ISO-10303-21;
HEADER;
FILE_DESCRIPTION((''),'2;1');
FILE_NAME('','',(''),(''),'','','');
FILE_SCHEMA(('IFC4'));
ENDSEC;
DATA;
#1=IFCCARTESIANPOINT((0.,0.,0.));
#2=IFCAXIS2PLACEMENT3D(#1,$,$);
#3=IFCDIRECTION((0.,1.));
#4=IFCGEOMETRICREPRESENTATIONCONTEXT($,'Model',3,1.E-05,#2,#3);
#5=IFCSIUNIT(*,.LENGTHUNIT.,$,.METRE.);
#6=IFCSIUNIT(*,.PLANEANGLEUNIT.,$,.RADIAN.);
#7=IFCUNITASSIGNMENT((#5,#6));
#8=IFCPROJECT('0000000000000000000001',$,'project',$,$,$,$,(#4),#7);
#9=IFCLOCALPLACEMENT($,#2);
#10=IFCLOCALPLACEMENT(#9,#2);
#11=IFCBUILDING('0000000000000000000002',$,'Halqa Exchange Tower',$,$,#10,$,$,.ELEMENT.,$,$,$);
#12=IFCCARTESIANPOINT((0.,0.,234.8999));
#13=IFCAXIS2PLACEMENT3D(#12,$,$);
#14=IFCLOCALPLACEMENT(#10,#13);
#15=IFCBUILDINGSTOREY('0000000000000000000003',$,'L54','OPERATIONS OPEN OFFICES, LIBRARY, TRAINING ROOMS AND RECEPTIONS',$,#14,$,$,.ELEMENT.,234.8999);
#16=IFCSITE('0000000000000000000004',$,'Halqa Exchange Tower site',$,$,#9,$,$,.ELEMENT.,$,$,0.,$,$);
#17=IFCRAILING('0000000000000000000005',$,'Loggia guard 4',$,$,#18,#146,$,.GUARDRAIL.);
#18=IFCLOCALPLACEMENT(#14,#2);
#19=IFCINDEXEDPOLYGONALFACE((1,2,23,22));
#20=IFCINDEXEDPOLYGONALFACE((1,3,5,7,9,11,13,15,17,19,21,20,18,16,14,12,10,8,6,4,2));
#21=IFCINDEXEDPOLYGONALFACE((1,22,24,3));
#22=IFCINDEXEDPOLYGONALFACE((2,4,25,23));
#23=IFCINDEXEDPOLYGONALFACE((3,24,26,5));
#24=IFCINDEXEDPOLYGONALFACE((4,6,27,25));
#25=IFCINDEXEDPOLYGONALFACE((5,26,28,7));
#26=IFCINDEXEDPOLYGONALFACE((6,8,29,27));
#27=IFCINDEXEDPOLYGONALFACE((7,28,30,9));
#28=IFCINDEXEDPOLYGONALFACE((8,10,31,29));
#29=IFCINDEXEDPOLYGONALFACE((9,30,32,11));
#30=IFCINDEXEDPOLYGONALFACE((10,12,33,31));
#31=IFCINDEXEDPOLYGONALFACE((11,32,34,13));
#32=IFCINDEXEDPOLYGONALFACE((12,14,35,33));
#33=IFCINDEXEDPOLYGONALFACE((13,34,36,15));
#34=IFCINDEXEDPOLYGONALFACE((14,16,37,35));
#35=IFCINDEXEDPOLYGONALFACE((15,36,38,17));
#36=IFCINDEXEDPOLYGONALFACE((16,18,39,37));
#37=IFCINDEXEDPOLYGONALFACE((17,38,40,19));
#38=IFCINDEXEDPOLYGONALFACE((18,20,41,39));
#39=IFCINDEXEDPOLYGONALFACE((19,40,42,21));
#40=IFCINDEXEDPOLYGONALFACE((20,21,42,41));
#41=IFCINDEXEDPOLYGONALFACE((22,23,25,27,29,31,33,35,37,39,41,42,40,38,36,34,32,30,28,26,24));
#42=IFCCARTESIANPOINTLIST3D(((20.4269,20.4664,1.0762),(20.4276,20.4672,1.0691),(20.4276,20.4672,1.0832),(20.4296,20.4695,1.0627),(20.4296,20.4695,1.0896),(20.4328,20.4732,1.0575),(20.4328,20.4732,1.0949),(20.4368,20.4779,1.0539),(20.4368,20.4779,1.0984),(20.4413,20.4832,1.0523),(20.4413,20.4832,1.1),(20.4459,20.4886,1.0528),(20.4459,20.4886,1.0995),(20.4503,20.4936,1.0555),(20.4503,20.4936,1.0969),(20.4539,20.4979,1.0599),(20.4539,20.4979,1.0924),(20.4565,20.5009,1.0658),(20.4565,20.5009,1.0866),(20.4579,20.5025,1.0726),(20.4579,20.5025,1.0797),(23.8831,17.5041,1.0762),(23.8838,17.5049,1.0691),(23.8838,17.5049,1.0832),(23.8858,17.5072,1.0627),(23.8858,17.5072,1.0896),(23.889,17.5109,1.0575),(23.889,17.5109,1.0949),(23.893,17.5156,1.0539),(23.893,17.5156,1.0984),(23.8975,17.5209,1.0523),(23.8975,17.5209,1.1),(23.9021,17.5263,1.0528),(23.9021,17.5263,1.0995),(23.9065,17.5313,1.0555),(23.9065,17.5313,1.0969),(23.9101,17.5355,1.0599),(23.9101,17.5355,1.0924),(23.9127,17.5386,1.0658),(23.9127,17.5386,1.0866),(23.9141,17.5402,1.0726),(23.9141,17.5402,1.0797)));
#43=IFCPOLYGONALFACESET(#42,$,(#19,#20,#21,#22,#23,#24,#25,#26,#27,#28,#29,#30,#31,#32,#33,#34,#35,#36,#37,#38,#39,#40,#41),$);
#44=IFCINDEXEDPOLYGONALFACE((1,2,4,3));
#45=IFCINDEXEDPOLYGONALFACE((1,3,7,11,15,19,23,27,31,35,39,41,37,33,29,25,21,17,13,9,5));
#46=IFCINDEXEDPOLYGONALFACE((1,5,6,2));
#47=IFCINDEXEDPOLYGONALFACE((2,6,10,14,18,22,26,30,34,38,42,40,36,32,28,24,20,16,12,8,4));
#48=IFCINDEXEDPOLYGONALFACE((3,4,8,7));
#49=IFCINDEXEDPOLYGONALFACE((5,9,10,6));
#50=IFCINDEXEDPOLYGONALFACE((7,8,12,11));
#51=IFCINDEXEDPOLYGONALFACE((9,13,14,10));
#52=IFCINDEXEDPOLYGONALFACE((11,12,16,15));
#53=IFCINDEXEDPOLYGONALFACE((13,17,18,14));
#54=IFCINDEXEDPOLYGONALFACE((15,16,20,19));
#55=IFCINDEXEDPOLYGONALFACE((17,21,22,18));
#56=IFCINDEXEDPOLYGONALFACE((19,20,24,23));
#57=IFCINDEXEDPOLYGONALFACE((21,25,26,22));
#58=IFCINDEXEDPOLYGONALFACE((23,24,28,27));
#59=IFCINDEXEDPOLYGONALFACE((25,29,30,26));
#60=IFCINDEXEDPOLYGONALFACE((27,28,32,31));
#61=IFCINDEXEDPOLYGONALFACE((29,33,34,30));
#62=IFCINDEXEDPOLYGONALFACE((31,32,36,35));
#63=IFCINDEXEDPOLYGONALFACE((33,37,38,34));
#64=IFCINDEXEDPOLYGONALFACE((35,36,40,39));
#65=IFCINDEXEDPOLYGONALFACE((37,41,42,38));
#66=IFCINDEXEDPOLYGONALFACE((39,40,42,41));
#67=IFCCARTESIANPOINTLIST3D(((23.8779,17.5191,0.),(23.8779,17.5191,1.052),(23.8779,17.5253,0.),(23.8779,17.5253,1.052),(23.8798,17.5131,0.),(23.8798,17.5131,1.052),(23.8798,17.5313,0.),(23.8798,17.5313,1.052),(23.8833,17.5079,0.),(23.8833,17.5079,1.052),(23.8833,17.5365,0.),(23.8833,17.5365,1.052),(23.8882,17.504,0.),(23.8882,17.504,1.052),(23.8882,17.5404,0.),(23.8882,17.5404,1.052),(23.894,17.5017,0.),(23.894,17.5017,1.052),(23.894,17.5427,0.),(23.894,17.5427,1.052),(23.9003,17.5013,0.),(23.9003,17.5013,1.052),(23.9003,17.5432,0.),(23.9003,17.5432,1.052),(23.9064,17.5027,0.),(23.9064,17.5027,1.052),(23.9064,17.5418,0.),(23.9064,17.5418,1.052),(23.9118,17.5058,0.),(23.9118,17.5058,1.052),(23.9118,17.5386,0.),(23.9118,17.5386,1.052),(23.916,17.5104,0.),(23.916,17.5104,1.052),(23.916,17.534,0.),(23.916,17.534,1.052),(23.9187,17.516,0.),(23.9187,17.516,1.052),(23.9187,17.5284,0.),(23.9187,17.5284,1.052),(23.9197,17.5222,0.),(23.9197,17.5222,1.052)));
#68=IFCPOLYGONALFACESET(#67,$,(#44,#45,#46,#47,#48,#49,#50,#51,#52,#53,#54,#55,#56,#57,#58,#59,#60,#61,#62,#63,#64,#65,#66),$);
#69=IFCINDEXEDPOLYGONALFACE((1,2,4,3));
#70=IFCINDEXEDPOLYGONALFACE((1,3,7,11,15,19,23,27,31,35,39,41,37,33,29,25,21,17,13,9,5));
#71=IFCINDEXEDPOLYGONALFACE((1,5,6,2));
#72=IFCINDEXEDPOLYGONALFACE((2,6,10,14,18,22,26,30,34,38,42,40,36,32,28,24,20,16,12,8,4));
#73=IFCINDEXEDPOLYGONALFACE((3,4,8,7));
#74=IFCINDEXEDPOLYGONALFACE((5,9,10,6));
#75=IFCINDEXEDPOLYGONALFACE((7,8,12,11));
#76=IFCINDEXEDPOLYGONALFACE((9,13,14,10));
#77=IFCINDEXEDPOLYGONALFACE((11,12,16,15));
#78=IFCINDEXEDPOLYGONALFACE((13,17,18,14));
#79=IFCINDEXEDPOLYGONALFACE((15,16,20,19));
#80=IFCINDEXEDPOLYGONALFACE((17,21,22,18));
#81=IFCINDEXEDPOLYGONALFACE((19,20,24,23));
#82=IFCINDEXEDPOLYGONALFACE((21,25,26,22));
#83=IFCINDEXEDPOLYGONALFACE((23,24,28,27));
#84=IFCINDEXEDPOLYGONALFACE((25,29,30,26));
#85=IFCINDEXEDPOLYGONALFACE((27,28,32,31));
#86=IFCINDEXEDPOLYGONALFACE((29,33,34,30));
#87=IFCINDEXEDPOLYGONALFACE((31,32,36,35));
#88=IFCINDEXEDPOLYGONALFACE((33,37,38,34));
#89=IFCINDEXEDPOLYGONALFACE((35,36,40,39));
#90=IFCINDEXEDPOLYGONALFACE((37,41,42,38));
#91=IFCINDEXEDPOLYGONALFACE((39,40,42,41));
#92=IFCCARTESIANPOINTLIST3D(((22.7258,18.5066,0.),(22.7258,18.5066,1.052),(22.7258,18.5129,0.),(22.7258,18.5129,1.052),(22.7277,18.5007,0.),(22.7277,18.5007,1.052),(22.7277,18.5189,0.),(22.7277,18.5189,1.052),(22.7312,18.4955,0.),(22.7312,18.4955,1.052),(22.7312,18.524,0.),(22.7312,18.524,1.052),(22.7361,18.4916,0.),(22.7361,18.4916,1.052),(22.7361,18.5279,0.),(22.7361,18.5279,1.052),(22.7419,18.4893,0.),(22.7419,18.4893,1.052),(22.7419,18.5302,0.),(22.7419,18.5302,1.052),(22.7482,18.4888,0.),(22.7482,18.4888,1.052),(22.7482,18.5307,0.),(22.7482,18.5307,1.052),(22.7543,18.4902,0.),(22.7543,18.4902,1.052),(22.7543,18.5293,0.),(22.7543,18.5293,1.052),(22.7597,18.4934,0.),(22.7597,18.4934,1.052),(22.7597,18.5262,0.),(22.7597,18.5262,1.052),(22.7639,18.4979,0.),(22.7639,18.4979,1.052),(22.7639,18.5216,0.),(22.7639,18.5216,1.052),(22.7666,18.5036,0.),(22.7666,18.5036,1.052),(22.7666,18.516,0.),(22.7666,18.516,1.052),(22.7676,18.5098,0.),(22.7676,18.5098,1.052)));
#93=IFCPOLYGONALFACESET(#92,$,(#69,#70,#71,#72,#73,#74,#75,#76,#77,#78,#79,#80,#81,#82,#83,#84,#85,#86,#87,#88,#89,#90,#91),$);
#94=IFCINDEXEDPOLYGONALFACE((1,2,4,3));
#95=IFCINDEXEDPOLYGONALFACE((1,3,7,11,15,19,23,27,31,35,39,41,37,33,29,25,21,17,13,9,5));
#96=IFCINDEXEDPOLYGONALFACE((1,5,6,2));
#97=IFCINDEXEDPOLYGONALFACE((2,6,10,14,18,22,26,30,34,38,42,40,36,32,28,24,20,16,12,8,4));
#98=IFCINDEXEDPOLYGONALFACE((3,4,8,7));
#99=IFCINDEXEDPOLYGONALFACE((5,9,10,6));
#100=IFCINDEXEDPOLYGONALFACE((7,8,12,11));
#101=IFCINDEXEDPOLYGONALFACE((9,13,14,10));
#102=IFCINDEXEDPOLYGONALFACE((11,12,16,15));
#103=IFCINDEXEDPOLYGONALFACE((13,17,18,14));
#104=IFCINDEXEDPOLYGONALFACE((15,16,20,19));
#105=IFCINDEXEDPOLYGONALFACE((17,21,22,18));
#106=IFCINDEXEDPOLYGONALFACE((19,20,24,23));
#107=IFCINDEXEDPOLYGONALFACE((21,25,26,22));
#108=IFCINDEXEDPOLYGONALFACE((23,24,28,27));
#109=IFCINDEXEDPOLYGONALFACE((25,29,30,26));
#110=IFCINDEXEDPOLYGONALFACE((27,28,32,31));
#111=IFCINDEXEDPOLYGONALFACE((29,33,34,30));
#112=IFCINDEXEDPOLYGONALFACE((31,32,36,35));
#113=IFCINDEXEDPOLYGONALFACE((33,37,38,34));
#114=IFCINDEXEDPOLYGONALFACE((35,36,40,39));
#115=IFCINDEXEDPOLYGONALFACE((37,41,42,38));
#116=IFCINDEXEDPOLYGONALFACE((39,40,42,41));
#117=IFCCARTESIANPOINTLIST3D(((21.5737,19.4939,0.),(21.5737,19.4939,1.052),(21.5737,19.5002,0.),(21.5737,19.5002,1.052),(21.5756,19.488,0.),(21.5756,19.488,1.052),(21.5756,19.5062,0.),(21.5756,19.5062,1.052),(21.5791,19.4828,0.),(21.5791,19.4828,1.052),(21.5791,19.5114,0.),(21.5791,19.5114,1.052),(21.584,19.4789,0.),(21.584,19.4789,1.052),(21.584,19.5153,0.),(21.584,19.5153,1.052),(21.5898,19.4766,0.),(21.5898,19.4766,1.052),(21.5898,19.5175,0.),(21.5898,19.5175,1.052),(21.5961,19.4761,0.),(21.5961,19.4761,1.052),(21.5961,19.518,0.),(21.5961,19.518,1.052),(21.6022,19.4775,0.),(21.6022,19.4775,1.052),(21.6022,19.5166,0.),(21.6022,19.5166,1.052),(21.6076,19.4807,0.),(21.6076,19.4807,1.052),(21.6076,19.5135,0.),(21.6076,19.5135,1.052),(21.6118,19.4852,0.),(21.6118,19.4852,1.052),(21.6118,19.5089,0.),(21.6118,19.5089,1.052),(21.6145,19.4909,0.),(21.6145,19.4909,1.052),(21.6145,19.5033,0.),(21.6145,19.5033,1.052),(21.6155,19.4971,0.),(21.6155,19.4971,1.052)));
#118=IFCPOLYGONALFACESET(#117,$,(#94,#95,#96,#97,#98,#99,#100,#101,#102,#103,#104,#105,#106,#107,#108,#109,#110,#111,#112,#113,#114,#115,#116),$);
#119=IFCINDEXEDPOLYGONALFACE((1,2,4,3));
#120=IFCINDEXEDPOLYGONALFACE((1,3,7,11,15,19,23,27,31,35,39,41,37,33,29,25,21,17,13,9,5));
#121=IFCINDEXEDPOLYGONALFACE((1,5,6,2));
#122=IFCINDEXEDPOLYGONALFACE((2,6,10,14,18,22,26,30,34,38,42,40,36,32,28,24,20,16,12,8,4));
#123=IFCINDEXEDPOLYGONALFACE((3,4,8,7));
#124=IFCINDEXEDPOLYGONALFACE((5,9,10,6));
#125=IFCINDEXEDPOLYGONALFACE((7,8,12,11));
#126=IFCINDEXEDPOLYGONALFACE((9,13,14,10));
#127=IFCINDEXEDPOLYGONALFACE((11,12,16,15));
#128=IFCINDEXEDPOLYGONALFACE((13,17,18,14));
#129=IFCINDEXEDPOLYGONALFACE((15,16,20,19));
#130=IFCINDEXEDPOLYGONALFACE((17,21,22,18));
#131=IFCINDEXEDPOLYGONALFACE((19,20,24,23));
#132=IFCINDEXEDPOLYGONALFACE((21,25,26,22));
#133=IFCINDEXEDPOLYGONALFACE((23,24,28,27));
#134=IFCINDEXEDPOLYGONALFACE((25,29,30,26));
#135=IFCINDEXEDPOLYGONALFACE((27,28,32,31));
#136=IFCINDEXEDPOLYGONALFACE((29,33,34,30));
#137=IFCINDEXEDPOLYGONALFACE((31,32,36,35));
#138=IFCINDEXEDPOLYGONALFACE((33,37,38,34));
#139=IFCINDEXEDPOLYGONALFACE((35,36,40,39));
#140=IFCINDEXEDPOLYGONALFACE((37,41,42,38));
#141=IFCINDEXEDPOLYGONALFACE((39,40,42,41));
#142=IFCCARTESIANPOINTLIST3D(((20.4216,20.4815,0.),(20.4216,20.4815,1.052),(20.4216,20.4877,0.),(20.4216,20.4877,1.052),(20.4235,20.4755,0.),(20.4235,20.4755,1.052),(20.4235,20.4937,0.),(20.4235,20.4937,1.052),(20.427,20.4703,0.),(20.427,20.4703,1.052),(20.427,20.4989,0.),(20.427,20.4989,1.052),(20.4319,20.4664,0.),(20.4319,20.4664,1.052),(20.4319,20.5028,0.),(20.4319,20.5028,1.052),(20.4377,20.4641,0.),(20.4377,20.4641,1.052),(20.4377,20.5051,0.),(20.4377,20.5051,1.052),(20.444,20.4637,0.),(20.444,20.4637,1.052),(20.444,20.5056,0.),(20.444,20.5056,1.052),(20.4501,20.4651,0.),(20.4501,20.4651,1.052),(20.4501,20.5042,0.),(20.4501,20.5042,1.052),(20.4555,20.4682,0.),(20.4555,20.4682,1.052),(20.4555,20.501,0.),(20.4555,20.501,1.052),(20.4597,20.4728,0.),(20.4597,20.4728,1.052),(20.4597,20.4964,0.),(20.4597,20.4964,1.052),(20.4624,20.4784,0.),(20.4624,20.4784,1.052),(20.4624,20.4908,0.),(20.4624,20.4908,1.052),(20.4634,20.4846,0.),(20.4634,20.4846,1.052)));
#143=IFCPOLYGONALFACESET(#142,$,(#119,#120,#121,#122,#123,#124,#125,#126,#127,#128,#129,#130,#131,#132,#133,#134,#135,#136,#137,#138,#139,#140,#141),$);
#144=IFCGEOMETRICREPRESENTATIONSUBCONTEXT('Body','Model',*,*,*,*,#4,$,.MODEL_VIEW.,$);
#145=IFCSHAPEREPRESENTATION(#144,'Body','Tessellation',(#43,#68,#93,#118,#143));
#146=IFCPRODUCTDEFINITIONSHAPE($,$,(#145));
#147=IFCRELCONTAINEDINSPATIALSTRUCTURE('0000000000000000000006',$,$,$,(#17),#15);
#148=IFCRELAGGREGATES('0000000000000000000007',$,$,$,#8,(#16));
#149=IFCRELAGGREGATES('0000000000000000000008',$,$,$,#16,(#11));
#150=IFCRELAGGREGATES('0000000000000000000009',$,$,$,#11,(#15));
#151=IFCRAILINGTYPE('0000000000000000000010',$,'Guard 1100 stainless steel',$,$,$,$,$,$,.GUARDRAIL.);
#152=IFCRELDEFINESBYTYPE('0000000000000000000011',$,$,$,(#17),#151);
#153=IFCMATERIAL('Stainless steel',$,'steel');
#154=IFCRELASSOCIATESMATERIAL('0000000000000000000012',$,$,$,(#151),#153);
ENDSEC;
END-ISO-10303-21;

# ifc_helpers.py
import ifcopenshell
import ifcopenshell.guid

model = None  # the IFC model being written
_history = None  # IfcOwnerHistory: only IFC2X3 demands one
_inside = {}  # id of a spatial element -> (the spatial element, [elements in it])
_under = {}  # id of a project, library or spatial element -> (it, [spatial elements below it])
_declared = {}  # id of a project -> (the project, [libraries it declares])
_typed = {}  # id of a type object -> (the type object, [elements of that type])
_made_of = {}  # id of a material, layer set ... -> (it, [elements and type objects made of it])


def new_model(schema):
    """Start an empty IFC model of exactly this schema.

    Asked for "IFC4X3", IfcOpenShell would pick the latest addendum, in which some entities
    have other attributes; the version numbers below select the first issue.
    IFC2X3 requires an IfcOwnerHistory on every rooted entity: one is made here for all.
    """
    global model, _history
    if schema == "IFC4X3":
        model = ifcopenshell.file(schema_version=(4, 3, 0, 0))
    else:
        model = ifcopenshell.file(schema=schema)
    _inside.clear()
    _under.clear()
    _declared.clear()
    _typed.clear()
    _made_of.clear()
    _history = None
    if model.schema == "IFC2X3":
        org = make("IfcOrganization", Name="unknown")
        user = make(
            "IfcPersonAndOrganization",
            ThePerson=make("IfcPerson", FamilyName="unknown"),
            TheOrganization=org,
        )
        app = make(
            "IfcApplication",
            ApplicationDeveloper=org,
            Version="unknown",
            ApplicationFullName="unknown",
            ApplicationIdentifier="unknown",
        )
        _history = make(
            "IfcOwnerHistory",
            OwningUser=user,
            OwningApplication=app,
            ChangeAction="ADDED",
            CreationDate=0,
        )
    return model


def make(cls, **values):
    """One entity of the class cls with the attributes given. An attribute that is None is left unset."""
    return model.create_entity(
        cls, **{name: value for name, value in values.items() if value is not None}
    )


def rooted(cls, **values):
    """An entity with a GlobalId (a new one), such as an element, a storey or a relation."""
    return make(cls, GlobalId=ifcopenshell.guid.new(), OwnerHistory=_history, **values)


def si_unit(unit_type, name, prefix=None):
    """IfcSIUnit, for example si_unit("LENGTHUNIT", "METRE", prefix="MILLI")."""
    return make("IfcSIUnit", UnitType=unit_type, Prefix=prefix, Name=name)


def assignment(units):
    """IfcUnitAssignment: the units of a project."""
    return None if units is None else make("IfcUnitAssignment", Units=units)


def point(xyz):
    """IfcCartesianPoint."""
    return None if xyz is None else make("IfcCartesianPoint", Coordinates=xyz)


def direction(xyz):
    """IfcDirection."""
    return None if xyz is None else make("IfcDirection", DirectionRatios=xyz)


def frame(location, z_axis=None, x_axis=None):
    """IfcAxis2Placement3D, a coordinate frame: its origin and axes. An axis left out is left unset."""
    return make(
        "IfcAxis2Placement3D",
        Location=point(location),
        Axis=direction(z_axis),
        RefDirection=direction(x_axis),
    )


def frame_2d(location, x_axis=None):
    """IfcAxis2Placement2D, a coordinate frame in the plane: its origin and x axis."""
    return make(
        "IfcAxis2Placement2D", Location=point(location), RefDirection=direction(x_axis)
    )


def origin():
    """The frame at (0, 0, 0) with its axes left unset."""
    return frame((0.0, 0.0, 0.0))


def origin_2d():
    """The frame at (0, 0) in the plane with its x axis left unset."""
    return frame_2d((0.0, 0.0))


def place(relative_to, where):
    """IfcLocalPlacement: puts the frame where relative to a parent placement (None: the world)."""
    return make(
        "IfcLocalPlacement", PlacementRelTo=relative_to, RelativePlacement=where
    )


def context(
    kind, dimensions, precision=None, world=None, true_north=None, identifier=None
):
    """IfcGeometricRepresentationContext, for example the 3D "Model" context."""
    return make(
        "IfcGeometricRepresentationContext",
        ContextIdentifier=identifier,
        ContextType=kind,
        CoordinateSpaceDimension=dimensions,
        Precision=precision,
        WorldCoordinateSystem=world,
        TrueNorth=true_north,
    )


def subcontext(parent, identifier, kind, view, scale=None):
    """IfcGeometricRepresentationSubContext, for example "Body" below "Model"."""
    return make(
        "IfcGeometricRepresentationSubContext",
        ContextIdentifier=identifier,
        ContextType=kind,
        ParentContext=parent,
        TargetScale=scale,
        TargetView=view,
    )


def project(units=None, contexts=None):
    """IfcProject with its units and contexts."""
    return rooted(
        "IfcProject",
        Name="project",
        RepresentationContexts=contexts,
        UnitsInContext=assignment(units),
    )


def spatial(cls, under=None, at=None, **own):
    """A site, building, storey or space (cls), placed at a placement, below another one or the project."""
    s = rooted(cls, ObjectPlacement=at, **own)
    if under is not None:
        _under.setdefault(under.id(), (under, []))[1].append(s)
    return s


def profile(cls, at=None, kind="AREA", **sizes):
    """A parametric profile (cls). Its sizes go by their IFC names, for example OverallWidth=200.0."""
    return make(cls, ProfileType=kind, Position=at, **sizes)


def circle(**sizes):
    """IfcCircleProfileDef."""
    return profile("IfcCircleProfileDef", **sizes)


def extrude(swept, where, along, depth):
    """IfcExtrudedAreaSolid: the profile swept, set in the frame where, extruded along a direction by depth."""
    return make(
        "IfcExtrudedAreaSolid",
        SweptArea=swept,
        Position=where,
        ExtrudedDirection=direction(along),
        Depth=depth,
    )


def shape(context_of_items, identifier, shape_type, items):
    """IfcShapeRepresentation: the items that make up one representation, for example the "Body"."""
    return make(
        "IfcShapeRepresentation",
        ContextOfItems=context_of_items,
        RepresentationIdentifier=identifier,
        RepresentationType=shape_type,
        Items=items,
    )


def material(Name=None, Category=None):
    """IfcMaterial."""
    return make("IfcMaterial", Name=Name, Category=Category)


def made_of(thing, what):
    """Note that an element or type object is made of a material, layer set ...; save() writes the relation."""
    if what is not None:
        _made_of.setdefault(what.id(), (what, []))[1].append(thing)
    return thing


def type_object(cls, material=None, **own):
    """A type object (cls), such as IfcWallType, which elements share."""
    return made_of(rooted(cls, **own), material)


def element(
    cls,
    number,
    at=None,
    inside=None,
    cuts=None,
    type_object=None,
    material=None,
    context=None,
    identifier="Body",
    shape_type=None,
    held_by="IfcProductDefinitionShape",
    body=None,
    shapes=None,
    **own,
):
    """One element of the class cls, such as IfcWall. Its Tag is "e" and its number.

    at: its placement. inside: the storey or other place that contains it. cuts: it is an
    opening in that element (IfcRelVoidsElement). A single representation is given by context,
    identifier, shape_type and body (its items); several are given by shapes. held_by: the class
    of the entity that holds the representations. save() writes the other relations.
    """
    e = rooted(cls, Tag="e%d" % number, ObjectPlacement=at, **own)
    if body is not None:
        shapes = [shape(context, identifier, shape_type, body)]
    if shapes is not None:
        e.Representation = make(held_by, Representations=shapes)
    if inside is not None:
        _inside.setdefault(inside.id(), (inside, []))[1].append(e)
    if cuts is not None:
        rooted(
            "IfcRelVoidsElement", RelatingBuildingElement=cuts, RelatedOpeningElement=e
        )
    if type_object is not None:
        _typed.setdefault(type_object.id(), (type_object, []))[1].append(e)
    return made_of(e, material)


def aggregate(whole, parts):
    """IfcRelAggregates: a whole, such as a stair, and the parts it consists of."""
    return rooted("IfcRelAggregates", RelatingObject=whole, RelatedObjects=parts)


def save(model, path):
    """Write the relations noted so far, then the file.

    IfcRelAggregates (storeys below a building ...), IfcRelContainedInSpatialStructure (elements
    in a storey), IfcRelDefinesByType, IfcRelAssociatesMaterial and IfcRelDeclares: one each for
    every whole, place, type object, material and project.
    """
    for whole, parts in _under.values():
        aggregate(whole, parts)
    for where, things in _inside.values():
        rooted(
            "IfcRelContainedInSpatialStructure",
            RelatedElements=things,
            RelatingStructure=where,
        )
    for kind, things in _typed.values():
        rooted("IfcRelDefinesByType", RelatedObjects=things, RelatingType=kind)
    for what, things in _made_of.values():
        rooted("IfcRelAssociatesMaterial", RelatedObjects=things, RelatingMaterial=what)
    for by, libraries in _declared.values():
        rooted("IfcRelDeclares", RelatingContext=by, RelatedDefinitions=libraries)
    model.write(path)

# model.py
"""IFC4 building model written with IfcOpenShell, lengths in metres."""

from ifc_helpers import new_model, si_unit, direction, frame, origin, origin_2d, place, context, subcontext, project, spatial, circle, extrude, material, type_object, element, save


model = new_model("IFC4")

# Units and contexts
model_context = context("Model", 3, precision=1e-05, world=origin(), true_north=direction((0.0, 1.0)))
body_context = subcontext(model_context, "Body", "Model", "MODEL_VIEW")
ifc_project = project(units=[si_unit("LENGTHUNIT", "METRE"), si_unit("PLANEANGLEUNIT", "RADIAN")], contexts=[model_context])

# Site, building, storey
site_placement = place(None, origin())
site = spatial("IfcSite", under=ifc_project, at=site_placement, Name="Halqa Exchange Tower site", CompositionType="ELEMENT", RefElevation=0.0)
building_placement = place(site_placement, origin())
building = spatial("IfcBuilding", under=site, at=building_placement, Name="Halqa Exchange Tower", CompositionType="ELEMENT")
storey_placement = place(building_placement, frame((0.0, 0.0, 234.8999)))
storey = spatial("IfcBuildingStorey", under=building, at=storey_placement, Name="L54", Description="OPERATIONS OPEN OFFICES, LIBRARY, TRAINING ROOMS AND RECEPTIONS", CompositionType="ELEMENT", Elevation=234.8999)

# Railing
ifc_material_1 = material(Name="Stainless steel", Category="steel")
railing_type = type_object("IfcRailingType", Name="Guard 1100 stainless steel", PredefinedType="GUARDRAIL", material=ifc_material_1)
railing_1_placement = place(storey_placement, frame((23.8987, 17.5222, 0.0)))
element("IfcRailing", 1, at=railing_1_placement, inside=storey, type_object=railing_type, Name="Loggia guard 4", PredefinedType="GUARDRAIL", context=body_context, shape_type="SweptSolid", body=[
    extrude(circle(Radius=0.0239, at=origin_2d()), frame((0.0, 0.0, 1.0762), z_axis=(-0.759272, 0.650774, 0.0), x_axis=(-0.650774, -0.759272, 0.0)), (0.0, 0.0, 1.0), 4.552),
    extrude(circle(Radius=0.021, at=origin_2d()), origin(), (0.0, 0.0, 1.0), 1.052),
    extrude(circle(Radius=0.021, at=origin_2d()), frame((-1.1521, 0.9875, 0.0)), (0.0, 0.0, 1.0), 1.052),
    extrude(circle(Radius=0.021, at=origin_2d()), frame((-2.3042, 1.9749, 0.0)), (0.0, 0.0, 1.0), 1.052),
    extrude(circle(Radius=0.021, at=origin_2d()), frame((-3.4563, 2.9624, 0.0)), (0.0, 0.0, 1.0), 1.052),
])

save(model, "model.ifc")
